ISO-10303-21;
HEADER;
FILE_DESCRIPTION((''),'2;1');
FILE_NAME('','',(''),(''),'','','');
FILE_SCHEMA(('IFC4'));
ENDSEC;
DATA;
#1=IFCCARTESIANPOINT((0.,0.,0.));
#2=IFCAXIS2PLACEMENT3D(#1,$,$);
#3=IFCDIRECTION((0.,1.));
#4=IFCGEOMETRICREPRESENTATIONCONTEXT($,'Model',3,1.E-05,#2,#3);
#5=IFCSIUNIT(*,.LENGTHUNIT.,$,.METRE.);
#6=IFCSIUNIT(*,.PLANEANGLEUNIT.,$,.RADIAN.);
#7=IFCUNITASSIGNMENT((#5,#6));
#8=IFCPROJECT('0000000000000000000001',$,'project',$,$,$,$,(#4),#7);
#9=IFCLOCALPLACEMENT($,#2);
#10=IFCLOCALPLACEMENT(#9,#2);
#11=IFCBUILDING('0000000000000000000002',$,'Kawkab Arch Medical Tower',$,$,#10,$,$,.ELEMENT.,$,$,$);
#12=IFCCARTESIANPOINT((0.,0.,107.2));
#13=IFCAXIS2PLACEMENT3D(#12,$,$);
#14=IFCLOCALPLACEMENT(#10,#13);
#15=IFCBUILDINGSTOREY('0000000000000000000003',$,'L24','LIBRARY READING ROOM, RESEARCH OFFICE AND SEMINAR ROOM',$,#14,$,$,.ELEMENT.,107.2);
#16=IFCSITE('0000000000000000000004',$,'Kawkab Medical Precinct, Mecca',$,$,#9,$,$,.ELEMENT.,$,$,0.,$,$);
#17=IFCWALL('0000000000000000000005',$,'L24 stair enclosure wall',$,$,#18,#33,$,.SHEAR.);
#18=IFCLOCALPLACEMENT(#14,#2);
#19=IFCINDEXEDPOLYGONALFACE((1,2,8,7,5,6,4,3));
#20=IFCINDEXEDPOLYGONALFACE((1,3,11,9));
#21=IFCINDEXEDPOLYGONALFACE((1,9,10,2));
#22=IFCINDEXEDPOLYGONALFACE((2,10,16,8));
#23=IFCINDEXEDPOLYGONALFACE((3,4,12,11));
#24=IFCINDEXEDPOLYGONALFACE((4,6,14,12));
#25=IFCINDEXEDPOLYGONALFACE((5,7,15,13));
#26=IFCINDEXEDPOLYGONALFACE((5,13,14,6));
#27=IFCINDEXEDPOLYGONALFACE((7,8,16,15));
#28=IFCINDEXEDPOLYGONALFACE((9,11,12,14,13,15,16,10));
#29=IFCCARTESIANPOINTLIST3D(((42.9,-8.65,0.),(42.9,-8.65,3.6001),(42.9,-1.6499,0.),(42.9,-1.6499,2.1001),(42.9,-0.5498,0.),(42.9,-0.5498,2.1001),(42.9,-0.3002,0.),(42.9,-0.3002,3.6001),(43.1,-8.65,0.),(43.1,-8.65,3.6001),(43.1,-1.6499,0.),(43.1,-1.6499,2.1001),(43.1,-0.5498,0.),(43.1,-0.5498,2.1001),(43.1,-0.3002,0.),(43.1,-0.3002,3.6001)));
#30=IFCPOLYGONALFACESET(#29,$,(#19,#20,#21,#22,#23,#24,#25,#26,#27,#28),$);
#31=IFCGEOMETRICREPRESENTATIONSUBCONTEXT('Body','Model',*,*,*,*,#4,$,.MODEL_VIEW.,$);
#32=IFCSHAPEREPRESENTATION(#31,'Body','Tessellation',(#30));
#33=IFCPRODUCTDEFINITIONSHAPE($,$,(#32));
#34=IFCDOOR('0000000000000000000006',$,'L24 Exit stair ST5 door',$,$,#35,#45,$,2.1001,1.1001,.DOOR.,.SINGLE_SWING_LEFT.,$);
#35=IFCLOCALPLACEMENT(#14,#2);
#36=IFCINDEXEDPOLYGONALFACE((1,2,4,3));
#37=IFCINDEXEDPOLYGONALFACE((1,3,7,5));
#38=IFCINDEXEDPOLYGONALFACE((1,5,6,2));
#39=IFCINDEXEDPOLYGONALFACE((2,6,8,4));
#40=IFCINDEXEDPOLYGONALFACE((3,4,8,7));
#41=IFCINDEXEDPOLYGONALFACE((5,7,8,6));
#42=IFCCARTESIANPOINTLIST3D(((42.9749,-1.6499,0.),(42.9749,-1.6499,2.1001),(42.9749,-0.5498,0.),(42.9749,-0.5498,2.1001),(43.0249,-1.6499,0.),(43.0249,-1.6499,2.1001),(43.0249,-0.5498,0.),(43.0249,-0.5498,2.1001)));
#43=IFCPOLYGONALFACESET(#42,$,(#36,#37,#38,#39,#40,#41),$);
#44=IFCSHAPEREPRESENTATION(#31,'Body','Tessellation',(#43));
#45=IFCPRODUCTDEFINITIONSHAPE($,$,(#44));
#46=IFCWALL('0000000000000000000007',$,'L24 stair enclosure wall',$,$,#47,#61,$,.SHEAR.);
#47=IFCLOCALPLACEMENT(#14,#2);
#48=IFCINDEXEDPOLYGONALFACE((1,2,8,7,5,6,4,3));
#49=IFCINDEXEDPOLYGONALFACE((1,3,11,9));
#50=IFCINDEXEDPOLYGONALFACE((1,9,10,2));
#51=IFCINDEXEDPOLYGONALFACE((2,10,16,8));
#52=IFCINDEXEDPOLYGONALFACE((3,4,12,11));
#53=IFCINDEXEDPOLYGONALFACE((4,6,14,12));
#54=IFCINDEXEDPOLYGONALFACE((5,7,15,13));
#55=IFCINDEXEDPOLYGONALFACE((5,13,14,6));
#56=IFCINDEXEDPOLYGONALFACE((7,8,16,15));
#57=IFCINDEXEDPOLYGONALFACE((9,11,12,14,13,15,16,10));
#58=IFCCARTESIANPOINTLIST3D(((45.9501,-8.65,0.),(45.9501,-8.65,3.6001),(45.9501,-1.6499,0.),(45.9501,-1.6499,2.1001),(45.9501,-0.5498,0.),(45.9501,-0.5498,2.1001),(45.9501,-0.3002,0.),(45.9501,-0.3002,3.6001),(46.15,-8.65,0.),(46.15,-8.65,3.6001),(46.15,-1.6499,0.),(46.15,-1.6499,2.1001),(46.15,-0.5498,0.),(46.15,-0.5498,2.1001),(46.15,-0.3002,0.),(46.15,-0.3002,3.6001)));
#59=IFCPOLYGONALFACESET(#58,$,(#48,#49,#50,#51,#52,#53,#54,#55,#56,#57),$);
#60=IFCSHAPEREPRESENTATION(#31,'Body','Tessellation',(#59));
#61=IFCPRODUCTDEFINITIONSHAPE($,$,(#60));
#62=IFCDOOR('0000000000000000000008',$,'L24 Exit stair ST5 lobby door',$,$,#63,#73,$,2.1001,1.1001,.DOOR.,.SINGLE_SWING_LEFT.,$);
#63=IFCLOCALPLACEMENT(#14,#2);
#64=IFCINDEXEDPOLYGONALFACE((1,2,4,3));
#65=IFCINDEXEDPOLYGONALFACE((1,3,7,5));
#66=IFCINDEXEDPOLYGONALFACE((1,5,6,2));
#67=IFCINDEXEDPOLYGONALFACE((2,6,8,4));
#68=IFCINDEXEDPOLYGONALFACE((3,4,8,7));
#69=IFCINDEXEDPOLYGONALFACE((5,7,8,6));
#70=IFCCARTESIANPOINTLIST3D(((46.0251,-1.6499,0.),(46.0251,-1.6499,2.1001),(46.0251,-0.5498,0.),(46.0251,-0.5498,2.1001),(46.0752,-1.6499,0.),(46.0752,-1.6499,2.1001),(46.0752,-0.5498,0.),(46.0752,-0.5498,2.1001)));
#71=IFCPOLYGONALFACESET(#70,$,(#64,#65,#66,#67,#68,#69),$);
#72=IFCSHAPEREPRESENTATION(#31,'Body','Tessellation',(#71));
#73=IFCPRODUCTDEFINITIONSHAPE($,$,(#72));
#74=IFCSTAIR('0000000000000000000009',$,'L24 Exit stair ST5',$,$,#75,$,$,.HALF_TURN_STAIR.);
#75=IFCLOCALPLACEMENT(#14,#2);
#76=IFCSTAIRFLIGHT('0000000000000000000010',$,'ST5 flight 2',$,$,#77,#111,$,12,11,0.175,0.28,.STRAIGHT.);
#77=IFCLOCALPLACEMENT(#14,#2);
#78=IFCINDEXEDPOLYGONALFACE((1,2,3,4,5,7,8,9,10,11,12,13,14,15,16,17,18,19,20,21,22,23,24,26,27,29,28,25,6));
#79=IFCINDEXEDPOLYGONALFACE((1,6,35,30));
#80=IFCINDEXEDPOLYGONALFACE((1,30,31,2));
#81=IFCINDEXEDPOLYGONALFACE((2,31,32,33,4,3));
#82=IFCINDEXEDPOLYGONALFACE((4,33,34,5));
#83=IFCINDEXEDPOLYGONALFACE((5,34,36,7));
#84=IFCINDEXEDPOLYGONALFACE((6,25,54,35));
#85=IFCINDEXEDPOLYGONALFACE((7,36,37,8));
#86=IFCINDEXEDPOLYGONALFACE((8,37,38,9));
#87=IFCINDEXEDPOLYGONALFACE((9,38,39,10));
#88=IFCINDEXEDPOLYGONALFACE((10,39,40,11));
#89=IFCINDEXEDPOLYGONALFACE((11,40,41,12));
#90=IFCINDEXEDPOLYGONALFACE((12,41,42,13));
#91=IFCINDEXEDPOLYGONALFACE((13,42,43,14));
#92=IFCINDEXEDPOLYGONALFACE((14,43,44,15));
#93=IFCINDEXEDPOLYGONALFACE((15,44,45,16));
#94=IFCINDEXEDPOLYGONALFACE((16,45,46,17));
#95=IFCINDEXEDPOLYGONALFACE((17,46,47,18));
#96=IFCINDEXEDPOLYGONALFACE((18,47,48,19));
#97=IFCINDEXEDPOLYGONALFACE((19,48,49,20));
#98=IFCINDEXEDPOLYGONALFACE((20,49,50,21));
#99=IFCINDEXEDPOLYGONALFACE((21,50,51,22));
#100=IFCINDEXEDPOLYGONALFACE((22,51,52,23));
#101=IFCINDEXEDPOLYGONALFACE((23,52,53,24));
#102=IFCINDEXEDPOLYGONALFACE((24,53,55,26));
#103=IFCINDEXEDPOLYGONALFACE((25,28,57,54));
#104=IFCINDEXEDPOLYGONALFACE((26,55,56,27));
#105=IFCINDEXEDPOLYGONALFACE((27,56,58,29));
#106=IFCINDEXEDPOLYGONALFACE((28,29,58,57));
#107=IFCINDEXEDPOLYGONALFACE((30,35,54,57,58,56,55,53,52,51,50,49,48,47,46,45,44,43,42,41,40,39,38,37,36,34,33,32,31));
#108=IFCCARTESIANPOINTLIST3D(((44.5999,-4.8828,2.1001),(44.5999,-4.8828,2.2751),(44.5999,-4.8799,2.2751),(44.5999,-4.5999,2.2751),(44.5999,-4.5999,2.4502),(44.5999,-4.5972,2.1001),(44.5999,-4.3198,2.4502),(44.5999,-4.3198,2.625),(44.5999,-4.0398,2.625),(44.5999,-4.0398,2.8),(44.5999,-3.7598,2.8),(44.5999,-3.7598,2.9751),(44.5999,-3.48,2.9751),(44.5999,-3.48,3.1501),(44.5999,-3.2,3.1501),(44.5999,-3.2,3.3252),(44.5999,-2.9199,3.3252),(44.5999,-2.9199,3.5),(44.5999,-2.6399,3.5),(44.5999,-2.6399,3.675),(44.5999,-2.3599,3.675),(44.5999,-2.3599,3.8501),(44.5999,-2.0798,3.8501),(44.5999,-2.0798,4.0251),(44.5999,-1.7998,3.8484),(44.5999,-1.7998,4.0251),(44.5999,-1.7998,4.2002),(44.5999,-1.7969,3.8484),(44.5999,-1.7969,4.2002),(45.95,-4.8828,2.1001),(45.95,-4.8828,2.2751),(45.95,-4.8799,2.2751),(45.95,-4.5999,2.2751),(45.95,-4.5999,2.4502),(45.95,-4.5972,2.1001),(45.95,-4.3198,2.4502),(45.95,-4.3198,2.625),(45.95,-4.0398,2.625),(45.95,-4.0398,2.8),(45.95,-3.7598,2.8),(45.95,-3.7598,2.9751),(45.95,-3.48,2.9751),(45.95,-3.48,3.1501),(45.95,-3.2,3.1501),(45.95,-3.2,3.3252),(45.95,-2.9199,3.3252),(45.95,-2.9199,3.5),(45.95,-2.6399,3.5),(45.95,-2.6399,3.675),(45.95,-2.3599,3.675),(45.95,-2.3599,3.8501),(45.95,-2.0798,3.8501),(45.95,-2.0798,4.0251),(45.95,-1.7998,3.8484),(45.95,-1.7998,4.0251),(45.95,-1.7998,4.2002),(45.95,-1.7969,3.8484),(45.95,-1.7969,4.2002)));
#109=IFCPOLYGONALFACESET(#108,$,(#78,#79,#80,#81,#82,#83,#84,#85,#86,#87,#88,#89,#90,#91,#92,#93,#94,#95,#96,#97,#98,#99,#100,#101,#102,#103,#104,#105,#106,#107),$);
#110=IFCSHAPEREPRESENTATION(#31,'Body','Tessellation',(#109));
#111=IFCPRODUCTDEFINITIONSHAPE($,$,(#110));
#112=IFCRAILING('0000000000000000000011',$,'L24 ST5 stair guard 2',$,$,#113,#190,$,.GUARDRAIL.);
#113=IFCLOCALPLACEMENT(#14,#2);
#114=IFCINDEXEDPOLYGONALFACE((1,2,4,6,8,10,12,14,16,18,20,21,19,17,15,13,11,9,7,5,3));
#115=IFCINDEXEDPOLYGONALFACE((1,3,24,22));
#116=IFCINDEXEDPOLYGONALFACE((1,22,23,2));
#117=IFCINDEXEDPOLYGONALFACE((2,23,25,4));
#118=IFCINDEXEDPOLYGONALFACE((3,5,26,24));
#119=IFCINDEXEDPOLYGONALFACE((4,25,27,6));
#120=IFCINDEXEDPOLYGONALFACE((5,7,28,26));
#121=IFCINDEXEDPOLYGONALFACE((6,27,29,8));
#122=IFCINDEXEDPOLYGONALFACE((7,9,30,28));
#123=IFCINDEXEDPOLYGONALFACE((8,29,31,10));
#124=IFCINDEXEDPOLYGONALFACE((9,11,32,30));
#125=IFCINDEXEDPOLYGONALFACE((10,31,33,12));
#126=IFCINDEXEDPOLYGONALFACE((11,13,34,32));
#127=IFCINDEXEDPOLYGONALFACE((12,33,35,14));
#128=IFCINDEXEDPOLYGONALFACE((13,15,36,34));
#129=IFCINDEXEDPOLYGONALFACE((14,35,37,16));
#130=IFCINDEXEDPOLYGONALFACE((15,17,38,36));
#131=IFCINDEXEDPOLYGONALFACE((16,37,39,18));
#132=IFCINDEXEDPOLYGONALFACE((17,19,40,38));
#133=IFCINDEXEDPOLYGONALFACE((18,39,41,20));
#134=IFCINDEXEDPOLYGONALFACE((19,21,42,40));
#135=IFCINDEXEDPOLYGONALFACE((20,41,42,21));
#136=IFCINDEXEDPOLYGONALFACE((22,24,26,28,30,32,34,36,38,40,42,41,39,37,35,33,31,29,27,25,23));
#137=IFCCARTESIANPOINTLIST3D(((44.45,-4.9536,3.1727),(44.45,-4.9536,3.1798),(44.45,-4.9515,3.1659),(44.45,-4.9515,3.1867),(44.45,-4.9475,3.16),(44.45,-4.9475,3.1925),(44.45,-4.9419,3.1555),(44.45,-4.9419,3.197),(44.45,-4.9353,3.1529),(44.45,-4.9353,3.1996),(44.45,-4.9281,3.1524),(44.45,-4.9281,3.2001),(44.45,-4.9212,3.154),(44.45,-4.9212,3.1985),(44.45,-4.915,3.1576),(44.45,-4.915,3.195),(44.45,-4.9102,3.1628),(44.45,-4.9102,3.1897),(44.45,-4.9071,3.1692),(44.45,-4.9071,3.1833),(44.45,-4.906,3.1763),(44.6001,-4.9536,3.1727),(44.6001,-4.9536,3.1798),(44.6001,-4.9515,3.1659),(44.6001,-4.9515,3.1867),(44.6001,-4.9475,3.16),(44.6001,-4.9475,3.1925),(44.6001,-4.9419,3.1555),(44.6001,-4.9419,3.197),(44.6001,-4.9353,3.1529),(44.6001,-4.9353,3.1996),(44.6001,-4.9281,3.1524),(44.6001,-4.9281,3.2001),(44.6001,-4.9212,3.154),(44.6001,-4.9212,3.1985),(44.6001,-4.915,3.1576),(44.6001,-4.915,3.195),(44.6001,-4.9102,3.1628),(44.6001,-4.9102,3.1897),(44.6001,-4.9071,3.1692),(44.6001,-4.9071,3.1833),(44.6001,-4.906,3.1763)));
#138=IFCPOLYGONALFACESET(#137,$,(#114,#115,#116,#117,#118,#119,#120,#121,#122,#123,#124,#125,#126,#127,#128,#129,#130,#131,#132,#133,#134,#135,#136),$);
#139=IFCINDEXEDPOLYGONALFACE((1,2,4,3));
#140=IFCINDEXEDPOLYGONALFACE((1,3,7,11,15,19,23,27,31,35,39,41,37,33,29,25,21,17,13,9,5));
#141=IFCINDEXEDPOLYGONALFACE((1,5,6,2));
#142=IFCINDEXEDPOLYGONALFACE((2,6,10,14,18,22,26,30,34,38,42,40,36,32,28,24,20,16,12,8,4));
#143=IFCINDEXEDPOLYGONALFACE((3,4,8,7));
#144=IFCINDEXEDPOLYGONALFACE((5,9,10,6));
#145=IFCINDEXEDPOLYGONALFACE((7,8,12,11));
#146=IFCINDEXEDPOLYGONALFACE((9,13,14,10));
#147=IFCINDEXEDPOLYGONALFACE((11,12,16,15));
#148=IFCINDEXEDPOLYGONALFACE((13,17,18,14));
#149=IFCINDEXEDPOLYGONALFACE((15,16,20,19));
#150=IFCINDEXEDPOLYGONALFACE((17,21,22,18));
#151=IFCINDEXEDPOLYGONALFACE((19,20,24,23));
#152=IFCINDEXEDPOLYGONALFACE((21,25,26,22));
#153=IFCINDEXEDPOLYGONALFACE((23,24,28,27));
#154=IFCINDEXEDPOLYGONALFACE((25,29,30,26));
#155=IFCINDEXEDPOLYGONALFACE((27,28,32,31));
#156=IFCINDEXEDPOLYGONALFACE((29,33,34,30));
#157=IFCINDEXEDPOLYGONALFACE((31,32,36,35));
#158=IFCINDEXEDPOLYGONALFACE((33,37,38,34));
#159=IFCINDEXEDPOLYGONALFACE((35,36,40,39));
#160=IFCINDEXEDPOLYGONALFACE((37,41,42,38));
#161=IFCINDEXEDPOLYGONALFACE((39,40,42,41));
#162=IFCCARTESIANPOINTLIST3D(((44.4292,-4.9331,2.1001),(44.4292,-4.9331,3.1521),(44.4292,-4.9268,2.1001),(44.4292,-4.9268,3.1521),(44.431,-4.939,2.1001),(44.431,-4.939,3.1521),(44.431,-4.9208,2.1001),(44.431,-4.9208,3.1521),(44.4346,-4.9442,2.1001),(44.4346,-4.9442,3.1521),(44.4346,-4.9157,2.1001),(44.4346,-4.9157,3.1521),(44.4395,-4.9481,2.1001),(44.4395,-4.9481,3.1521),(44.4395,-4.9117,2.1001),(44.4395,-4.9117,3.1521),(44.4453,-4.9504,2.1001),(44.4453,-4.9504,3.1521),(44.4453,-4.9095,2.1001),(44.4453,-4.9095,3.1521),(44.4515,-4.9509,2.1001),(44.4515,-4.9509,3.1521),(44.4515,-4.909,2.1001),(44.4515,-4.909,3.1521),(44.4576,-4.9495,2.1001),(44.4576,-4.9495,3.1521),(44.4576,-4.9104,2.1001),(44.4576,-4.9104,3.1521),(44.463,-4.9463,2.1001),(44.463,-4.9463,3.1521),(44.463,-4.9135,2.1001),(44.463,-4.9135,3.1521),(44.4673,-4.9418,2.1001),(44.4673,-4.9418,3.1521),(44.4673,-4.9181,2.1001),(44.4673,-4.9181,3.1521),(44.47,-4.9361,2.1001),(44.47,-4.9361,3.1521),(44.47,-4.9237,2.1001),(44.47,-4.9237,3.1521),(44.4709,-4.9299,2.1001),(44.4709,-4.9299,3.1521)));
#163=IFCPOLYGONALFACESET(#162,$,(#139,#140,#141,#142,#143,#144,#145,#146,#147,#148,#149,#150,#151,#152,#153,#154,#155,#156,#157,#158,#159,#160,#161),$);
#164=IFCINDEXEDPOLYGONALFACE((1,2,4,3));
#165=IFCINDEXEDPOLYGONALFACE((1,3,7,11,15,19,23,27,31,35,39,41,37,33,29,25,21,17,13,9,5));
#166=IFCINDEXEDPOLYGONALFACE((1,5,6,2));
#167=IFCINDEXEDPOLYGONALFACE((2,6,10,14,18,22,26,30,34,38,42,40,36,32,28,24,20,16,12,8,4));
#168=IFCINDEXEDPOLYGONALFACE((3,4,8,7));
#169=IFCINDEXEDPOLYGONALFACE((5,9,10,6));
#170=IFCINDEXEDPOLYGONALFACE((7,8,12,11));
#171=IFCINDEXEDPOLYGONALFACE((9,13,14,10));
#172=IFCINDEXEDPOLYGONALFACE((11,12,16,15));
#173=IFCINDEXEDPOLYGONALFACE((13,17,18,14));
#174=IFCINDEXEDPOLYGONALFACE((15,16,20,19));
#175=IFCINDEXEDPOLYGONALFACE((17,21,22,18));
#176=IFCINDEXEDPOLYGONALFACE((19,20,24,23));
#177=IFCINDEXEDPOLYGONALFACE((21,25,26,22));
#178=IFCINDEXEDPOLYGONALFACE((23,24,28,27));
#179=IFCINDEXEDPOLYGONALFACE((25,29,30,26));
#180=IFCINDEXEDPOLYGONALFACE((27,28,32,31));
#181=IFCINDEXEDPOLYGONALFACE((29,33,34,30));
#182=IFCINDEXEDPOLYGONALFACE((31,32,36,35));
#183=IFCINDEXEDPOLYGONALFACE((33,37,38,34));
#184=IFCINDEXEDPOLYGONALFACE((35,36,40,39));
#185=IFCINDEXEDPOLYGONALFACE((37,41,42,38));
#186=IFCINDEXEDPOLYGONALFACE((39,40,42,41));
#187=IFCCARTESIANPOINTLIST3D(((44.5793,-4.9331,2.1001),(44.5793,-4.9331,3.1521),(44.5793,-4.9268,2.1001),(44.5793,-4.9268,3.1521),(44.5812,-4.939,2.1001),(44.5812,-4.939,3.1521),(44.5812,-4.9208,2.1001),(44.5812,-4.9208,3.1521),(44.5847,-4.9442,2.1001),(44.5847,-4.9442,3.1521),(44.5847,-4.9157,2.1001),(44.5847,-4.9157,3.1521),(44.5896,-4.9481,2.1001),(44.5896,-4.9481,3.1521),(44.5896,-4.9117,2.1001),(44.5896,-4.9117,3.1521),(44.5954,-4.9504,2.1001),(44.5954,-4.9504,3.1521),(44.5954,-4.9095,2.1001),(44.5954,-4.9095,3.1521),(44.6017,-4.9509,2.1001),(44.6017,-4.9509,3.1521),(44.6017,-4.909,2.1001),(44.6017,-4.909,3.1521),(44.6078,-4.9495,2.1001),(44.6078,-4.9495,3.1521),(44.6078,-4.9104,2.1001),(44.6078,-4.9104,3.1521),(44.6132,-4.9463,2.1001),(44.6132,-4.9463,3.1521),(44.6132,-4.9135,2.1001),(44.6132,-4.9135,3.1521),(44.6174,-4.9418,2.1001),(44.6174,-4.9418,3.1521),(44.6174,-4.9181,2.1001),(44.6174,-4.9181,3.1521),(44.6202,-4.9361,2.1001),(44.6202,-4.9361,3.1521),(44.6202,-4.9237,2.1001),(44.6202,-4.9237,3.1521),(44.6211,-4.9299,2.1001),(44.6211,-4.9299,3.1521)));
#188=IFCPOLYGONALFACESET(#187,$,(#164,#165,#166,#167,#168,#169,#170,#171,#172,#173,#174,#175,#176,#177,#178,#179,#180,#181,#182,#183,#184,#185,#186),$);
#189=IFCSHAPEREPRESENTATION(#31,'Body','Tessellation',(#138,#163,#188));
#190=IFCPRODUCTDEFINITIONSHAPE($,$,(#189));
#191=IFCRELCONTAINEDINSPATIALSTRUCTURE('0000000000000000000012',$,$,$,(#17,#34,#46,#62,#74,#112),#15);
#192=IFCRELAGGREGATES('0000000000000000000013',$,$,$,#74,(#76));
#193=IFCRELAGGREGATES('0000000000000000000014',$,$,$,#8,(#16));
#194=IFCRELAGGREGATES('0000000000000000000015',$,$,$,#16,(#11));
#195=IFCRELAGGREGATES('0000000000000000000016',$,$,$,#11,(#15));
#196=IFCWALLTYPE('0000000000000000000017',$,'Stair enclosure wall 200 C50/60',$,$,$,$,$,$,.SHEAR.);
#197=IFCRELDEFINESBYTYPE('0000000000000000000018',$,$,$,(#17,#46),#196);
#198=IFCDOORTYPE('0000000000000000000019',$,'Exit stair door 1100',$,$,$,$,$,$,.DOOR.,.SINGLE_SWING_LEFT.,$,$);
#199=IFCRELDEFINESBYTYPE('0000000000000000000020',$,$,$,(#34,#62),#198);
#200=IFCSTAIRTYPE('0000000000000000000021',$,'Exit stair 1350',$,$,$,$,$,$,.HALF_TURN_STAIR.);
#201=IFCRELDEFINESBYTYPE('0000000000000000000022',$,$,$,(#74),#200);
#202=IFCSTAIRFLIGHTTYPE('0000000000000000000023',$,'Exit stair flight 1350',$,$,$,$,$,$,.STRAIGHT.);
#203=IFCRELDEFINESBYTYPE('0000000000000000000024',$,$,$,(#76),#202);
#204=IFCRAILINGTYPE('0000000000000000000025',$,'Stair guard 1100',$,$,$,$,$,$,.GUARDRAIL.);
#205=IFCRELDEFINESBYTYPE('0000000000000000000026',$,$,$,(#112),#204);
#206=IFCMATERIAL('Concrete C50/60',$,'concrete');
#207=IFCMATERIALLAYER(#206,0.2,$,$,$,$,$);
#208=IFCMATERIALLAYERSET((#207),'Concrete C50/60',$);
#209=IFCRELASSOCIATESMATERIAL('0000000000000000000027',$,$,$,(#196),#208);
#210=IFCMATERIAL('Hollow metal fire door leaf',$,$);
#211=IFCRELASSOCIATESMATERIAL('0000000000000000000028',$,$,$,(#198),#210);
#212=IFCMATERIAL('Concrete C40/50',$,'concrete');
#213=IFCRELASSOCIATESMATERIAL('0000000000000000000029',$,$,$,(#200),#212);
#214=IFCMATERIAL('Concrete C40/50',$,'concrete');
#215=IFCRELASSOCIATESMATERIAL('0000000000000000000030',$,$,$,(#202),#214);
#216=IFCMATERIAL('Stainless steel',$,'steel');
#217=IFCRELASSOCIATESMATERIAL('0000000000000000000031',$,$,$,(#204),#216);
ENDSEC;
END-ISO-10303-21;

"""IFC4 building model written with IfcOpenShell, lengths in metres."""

from ifc_helpers import new_model, si_unit, direction, frame, frame_2d, origin, origin_2d, place, context, subcontext, project, spatial, polyline, rectangle, circle, outline, extrude, material, layer, layer_set, type_object, element, fill, aggregate, save


model = new_model("IFC4")

# Units and contexts
model_context = context("Model", 3, precision=1e-05, world=origin(), true_north=direction((0.0, 1.0)))
body_context = subcontext(model_context, "Body", "Model", "MODEL_VIEW")
ifc_project = project(units=[si_unit("LENGTHUNIT", "METRE"), si_unit("PLANEANGLEUNIT", "RADIAN")], contexts=[model_context])

# Site, building, storey
site_placement = place(None, origin())
site = spatial("IfcSite", under=ifc_project, at=site_placement, Name="Kawkab Medical Precinct, Mecca", CompositionType="ELEMENT", RefElevation=0.0)
building_placement = place(site_placement, origin())
building = spatial("IfcBuilding", under=site, at=building_placement, Name="Kawkab Arch Medical Tower", CompositionType="ELEMENT")
storey_placement = place(building_placement, frame((0.0, 0.0, 107.2)))
storey = spatial("IfcBuildingStorey", under=building, at=storey_placement, Name="L24", Description="LIBRARY READING ROOM, RESEARCH OFFICE AND SEMINAR ROOM", CompositionType="ELEMENT", Elevation=107.2)

# Walls, openings, doors
ifc_material_1 = material(Name="Concrete C50/60", Category="concrete")
ifc_layer_1 = layer(ifc_material_1, 0.2)
ifc_layer_set_1 = layer_set([ifc_layer_1], Name="Concrete C50/60")
wall_type_1 = type_object("IfcWallType", Name="Stair enclosure wall 200 C50/60", PredefinedType="SHEAR", material=ifc_layer_set_1)
wall_1_placement = place(storey_placement, frame((43.0, -8.6499, 0.0), z_axis=(0.0, 0.0, 1.0), x_axis=(0.0, 1.0, 0.0)))
wall_1 = element("IfcWall", 1, at=wall_1_placement, inside=storey, type_object=wall_type_1, Name="L24 stair enclosure wall", PredefinedType="SHEAR", context=body_context, shape_type="SweptSolid", body=[
    extrude(rectangle(XDim=8.3499, YDim=0.2, at=frame_2d((4.1748, 0.0))), origin(), (0.0, 0.0, 1.0), 3.6001),
])
opening_1_placement = place(wall_1_placement, frame((7.0, 0.0, 0.0)))
opening_1 = element("IfcOpeningElement", 2, at=opening_1_placement, cuts=wall_1, PredefinedType="OPENING", context=body_context, shape_type="SweptSolid", body=[
    extrude(rectangle(XDim=1.1001, YDim=2.1001, at=frame_2d((0.55, 1.05))), frame((0.0, 0.1099, 0.0), z_axis=(0.0, -1.0, 0.0), x_axis=(1.0, 0.0, 0.0)), (0.0, 0.0, 1.0), 0.22),
])
ifc_material_2 = material(Name="Hollow metal fire door leaf")
door_type_1 = type_object("IfcDoorType", Name="Exit stair door 1100", OperationType="SINGLE_SWING_LEFT", PredefinedType="DOOR", material=ifc_material_2)
door_1_placement = place(opening_1_placement, frame((1.1001, 0.0, 0.0), z_axis=(0.0, 0.0, 1.0), x_axis=(-1.0, 0.0, 0.0)))
door_1 = element("IfcDoor", 3, at=door_1_placement, inside=storey, type_object=door_type_1, Name="L24 Exit stair ST5 door", OperationType="SINGLE_SWING_LEFT", OverallHeight=2.1001, OverallWidth=1.1001, PredefinedType="DOOR", context=body_context, shape_type="SweptSolid", body=[
    extrude(rectangle(XDim=1.1001, YDim=2.1001, at=frame_2d((0.55, 1.05))), frame((0.0, 0.0249, 0.0), z_axis=(0.0, -1.0, 0.0), x_axis=(1.0, 0.0, 0.0)), (0.0, 0.0, 1.0), 0.05),
])
fill(opening_1, door_1)
wall_2_placement = place(storey_placement, frame((46.05, -8.6499, 0.0), z_axis=(0.0, 0.0, 1.0), x_axis=(0.0, 1.0, 0.0)))
wall_2 = element("IfcWall", 4, at=wall_2_placement, inside=storey, type_object=wall_type_1, Name="L24 stair enclosure wall", PredefinedType="SHEAR", context=body_context, shape_type="SweptSolid", body=[
    extrude(rectangle(XDim=8.3499, YDim=0.2, at=frame_2d((4.1748, 0.0))), origin(), (0.0, 0.0, 1.0), 3.6001),
])
opening_2_placement = place(wall_2_placement, frame((7.0, 0.0, 0.0)))
opening_2 = element("IfcOpeningElement", 5, at=opening_2_placement, cuts=wall_2, PredefinedType="OPENING", context=body_context, shape_type="SweptSolid", body=[
    extrude(rectangle(XDim=1.1001, YDim=2.1001, at=frame_2d((0.55, 1.05))), frame((0.0, 0.1099, 0.0), z_axis=(0.0, -1.0, 0.0), x_axis=(1.0, 0.0, 0.0)), (0.0, 0.0, 1.0), 0.22),
])
door_2_placement = place(opening_2_placement, origin())
door_2 = element("IfcDoor", 6, at=door_2_placement, inside=storey, type_object=door_type_1, Name="L24 Exit stair ST5 lobby door", OperationType="SINGLE_SWING_LEFT", OverallHeight=2.1001, OverallWidth=1.1001, PredefinedType="DOOR", context=body_context, shape_type="SweptSolid", body=[
    extrude(rectangle(XDim=1.1001, YDim=2.1001, at=frame_2d((0.55, 1.05))), frame((0.0, 0.0249, 0.0), z_axis=(0.0, -1.0, 0.0), x_axis=(1.0, 0.0, 0.0)), (0.0, 0.0, 1.0), 0.05),
])
fill(opening_2, door_2)

# Stair, stair flight
ifc_material_3 = material(Name="Concrete C40/50", Category="concrete")
stair_type = type_object("IfcStairType", Name="Exit stair 1350", PredefinedType="HALF_TURN_STAIR", material=ifc_material_3)
stair_placement = place(storey_placement, origin())
stair = element("IfcStair", 7, at=stair_placement, inside=storey, type_object=stair_type, Name="L24 Exit stair ST5", PredefinedType="HALF_TURN_STAIR")
ifc_material_4 = material(Name="Concrete C40/50", Category="concrete")
stair_flight_type = type_object("IfcStairFlightType", Name="Exit stair flight 1350", PredefinedType="STRAIGHT", material=ifc_material_4)
stair_flight_placement = place(storey_placement, frame((45.2749, -4.8799, 2.1001), z_axis=(0.0, 0.0, 1.0), x_axis=(0.0, 1.0, 0.0)))
stair_flight = element("IfcStairFlight", 8, at=stair_flight_placement, type_object=stair_flight_type, Name="ST5 flight 2", NumberOfRisers=12, NumberOfTreads=11, PredefinedType="STRAIGHT", RiserHeight=0.175, TreadLength=0.28, context=body_context, shape_type="SweptSolid", body=[
    extrude(outline(polyline([(-0.0029, 0.0), (-0.0029, 0.175), (0.0, 0.175), (0.28, 0.175), (0.28, 0.3501), (0.5601, 0.3501), (0.5601, 0.5249), (0.8401, 0.5249), (0.8401, 0.7), (1.1201, 0.7), (1.1201, 0.875), (1.3999, 0.875), (1.3999, 1.05), (1.6799, 1.05), (1.6799, 1.2251), (1.96, 1.2251), (1.96, 1.3999), (2.24, 1.3999), (2.24, 1.575), (2.52, 1.575), (2.52, 1.75), (2.8, 1.75), (2.8, 1.925), (3.0801, 1.925), (3.0801, 2.1001), (3.083, 2.1001), (3.083, 1.7483), (3.0801, 1.7483), (0.2827, 0.0), (-0.0029, 0.0)])), frame((0.0, 0.675, 0.0), z_axis=(0.0, -1.0, 0.0), x_axis=(1.0, 0.0, 0.0)), (0.0, 0.0, 1.0), 1.3501),
])
aggregate(stair, [stair_flight])

# Railing
ifc_material_5 = material(Name="Stainless steel", Category="steel")
railing_type = type_object("IfcRailingType", Name="Stair guard 1100", PredefinedType="GUARDRAIL", material=ifc_material_5)
railing_1_placement = place(storey_placement, frame((44.45, -4.9299, 2.1001)))
element("IfcRailing", 9, at=railing_1_placement, inside=storey, type_object=railing_type, Name="L24 ST5 stair guard 2", PredefinedType="GUARDRAIL", context=body_context, shape_type="SweptSolid", body=[
    extrude(circle(Radius=0.0239, at=origin_2d()), frame((0.0, 0.0, 1.0762), z_axis=(1.0, 0.0, 0.0), x_axis=(0.0, 1.0, 0.0)), (0.0, 0.0, 1.0), 0.1501),
    extrude(circle(Radius=0.021, at=origin_2d()), origin(), (0.0, 0.0, 1.0), 1.052),
    extrude(circle(Radius=0.021, at=origin_2d()), frame((0.1501, 0.0, 0.0)), (0.0, 0.0, 1.0), 1.052),
])

save(model, "model.ifc")
